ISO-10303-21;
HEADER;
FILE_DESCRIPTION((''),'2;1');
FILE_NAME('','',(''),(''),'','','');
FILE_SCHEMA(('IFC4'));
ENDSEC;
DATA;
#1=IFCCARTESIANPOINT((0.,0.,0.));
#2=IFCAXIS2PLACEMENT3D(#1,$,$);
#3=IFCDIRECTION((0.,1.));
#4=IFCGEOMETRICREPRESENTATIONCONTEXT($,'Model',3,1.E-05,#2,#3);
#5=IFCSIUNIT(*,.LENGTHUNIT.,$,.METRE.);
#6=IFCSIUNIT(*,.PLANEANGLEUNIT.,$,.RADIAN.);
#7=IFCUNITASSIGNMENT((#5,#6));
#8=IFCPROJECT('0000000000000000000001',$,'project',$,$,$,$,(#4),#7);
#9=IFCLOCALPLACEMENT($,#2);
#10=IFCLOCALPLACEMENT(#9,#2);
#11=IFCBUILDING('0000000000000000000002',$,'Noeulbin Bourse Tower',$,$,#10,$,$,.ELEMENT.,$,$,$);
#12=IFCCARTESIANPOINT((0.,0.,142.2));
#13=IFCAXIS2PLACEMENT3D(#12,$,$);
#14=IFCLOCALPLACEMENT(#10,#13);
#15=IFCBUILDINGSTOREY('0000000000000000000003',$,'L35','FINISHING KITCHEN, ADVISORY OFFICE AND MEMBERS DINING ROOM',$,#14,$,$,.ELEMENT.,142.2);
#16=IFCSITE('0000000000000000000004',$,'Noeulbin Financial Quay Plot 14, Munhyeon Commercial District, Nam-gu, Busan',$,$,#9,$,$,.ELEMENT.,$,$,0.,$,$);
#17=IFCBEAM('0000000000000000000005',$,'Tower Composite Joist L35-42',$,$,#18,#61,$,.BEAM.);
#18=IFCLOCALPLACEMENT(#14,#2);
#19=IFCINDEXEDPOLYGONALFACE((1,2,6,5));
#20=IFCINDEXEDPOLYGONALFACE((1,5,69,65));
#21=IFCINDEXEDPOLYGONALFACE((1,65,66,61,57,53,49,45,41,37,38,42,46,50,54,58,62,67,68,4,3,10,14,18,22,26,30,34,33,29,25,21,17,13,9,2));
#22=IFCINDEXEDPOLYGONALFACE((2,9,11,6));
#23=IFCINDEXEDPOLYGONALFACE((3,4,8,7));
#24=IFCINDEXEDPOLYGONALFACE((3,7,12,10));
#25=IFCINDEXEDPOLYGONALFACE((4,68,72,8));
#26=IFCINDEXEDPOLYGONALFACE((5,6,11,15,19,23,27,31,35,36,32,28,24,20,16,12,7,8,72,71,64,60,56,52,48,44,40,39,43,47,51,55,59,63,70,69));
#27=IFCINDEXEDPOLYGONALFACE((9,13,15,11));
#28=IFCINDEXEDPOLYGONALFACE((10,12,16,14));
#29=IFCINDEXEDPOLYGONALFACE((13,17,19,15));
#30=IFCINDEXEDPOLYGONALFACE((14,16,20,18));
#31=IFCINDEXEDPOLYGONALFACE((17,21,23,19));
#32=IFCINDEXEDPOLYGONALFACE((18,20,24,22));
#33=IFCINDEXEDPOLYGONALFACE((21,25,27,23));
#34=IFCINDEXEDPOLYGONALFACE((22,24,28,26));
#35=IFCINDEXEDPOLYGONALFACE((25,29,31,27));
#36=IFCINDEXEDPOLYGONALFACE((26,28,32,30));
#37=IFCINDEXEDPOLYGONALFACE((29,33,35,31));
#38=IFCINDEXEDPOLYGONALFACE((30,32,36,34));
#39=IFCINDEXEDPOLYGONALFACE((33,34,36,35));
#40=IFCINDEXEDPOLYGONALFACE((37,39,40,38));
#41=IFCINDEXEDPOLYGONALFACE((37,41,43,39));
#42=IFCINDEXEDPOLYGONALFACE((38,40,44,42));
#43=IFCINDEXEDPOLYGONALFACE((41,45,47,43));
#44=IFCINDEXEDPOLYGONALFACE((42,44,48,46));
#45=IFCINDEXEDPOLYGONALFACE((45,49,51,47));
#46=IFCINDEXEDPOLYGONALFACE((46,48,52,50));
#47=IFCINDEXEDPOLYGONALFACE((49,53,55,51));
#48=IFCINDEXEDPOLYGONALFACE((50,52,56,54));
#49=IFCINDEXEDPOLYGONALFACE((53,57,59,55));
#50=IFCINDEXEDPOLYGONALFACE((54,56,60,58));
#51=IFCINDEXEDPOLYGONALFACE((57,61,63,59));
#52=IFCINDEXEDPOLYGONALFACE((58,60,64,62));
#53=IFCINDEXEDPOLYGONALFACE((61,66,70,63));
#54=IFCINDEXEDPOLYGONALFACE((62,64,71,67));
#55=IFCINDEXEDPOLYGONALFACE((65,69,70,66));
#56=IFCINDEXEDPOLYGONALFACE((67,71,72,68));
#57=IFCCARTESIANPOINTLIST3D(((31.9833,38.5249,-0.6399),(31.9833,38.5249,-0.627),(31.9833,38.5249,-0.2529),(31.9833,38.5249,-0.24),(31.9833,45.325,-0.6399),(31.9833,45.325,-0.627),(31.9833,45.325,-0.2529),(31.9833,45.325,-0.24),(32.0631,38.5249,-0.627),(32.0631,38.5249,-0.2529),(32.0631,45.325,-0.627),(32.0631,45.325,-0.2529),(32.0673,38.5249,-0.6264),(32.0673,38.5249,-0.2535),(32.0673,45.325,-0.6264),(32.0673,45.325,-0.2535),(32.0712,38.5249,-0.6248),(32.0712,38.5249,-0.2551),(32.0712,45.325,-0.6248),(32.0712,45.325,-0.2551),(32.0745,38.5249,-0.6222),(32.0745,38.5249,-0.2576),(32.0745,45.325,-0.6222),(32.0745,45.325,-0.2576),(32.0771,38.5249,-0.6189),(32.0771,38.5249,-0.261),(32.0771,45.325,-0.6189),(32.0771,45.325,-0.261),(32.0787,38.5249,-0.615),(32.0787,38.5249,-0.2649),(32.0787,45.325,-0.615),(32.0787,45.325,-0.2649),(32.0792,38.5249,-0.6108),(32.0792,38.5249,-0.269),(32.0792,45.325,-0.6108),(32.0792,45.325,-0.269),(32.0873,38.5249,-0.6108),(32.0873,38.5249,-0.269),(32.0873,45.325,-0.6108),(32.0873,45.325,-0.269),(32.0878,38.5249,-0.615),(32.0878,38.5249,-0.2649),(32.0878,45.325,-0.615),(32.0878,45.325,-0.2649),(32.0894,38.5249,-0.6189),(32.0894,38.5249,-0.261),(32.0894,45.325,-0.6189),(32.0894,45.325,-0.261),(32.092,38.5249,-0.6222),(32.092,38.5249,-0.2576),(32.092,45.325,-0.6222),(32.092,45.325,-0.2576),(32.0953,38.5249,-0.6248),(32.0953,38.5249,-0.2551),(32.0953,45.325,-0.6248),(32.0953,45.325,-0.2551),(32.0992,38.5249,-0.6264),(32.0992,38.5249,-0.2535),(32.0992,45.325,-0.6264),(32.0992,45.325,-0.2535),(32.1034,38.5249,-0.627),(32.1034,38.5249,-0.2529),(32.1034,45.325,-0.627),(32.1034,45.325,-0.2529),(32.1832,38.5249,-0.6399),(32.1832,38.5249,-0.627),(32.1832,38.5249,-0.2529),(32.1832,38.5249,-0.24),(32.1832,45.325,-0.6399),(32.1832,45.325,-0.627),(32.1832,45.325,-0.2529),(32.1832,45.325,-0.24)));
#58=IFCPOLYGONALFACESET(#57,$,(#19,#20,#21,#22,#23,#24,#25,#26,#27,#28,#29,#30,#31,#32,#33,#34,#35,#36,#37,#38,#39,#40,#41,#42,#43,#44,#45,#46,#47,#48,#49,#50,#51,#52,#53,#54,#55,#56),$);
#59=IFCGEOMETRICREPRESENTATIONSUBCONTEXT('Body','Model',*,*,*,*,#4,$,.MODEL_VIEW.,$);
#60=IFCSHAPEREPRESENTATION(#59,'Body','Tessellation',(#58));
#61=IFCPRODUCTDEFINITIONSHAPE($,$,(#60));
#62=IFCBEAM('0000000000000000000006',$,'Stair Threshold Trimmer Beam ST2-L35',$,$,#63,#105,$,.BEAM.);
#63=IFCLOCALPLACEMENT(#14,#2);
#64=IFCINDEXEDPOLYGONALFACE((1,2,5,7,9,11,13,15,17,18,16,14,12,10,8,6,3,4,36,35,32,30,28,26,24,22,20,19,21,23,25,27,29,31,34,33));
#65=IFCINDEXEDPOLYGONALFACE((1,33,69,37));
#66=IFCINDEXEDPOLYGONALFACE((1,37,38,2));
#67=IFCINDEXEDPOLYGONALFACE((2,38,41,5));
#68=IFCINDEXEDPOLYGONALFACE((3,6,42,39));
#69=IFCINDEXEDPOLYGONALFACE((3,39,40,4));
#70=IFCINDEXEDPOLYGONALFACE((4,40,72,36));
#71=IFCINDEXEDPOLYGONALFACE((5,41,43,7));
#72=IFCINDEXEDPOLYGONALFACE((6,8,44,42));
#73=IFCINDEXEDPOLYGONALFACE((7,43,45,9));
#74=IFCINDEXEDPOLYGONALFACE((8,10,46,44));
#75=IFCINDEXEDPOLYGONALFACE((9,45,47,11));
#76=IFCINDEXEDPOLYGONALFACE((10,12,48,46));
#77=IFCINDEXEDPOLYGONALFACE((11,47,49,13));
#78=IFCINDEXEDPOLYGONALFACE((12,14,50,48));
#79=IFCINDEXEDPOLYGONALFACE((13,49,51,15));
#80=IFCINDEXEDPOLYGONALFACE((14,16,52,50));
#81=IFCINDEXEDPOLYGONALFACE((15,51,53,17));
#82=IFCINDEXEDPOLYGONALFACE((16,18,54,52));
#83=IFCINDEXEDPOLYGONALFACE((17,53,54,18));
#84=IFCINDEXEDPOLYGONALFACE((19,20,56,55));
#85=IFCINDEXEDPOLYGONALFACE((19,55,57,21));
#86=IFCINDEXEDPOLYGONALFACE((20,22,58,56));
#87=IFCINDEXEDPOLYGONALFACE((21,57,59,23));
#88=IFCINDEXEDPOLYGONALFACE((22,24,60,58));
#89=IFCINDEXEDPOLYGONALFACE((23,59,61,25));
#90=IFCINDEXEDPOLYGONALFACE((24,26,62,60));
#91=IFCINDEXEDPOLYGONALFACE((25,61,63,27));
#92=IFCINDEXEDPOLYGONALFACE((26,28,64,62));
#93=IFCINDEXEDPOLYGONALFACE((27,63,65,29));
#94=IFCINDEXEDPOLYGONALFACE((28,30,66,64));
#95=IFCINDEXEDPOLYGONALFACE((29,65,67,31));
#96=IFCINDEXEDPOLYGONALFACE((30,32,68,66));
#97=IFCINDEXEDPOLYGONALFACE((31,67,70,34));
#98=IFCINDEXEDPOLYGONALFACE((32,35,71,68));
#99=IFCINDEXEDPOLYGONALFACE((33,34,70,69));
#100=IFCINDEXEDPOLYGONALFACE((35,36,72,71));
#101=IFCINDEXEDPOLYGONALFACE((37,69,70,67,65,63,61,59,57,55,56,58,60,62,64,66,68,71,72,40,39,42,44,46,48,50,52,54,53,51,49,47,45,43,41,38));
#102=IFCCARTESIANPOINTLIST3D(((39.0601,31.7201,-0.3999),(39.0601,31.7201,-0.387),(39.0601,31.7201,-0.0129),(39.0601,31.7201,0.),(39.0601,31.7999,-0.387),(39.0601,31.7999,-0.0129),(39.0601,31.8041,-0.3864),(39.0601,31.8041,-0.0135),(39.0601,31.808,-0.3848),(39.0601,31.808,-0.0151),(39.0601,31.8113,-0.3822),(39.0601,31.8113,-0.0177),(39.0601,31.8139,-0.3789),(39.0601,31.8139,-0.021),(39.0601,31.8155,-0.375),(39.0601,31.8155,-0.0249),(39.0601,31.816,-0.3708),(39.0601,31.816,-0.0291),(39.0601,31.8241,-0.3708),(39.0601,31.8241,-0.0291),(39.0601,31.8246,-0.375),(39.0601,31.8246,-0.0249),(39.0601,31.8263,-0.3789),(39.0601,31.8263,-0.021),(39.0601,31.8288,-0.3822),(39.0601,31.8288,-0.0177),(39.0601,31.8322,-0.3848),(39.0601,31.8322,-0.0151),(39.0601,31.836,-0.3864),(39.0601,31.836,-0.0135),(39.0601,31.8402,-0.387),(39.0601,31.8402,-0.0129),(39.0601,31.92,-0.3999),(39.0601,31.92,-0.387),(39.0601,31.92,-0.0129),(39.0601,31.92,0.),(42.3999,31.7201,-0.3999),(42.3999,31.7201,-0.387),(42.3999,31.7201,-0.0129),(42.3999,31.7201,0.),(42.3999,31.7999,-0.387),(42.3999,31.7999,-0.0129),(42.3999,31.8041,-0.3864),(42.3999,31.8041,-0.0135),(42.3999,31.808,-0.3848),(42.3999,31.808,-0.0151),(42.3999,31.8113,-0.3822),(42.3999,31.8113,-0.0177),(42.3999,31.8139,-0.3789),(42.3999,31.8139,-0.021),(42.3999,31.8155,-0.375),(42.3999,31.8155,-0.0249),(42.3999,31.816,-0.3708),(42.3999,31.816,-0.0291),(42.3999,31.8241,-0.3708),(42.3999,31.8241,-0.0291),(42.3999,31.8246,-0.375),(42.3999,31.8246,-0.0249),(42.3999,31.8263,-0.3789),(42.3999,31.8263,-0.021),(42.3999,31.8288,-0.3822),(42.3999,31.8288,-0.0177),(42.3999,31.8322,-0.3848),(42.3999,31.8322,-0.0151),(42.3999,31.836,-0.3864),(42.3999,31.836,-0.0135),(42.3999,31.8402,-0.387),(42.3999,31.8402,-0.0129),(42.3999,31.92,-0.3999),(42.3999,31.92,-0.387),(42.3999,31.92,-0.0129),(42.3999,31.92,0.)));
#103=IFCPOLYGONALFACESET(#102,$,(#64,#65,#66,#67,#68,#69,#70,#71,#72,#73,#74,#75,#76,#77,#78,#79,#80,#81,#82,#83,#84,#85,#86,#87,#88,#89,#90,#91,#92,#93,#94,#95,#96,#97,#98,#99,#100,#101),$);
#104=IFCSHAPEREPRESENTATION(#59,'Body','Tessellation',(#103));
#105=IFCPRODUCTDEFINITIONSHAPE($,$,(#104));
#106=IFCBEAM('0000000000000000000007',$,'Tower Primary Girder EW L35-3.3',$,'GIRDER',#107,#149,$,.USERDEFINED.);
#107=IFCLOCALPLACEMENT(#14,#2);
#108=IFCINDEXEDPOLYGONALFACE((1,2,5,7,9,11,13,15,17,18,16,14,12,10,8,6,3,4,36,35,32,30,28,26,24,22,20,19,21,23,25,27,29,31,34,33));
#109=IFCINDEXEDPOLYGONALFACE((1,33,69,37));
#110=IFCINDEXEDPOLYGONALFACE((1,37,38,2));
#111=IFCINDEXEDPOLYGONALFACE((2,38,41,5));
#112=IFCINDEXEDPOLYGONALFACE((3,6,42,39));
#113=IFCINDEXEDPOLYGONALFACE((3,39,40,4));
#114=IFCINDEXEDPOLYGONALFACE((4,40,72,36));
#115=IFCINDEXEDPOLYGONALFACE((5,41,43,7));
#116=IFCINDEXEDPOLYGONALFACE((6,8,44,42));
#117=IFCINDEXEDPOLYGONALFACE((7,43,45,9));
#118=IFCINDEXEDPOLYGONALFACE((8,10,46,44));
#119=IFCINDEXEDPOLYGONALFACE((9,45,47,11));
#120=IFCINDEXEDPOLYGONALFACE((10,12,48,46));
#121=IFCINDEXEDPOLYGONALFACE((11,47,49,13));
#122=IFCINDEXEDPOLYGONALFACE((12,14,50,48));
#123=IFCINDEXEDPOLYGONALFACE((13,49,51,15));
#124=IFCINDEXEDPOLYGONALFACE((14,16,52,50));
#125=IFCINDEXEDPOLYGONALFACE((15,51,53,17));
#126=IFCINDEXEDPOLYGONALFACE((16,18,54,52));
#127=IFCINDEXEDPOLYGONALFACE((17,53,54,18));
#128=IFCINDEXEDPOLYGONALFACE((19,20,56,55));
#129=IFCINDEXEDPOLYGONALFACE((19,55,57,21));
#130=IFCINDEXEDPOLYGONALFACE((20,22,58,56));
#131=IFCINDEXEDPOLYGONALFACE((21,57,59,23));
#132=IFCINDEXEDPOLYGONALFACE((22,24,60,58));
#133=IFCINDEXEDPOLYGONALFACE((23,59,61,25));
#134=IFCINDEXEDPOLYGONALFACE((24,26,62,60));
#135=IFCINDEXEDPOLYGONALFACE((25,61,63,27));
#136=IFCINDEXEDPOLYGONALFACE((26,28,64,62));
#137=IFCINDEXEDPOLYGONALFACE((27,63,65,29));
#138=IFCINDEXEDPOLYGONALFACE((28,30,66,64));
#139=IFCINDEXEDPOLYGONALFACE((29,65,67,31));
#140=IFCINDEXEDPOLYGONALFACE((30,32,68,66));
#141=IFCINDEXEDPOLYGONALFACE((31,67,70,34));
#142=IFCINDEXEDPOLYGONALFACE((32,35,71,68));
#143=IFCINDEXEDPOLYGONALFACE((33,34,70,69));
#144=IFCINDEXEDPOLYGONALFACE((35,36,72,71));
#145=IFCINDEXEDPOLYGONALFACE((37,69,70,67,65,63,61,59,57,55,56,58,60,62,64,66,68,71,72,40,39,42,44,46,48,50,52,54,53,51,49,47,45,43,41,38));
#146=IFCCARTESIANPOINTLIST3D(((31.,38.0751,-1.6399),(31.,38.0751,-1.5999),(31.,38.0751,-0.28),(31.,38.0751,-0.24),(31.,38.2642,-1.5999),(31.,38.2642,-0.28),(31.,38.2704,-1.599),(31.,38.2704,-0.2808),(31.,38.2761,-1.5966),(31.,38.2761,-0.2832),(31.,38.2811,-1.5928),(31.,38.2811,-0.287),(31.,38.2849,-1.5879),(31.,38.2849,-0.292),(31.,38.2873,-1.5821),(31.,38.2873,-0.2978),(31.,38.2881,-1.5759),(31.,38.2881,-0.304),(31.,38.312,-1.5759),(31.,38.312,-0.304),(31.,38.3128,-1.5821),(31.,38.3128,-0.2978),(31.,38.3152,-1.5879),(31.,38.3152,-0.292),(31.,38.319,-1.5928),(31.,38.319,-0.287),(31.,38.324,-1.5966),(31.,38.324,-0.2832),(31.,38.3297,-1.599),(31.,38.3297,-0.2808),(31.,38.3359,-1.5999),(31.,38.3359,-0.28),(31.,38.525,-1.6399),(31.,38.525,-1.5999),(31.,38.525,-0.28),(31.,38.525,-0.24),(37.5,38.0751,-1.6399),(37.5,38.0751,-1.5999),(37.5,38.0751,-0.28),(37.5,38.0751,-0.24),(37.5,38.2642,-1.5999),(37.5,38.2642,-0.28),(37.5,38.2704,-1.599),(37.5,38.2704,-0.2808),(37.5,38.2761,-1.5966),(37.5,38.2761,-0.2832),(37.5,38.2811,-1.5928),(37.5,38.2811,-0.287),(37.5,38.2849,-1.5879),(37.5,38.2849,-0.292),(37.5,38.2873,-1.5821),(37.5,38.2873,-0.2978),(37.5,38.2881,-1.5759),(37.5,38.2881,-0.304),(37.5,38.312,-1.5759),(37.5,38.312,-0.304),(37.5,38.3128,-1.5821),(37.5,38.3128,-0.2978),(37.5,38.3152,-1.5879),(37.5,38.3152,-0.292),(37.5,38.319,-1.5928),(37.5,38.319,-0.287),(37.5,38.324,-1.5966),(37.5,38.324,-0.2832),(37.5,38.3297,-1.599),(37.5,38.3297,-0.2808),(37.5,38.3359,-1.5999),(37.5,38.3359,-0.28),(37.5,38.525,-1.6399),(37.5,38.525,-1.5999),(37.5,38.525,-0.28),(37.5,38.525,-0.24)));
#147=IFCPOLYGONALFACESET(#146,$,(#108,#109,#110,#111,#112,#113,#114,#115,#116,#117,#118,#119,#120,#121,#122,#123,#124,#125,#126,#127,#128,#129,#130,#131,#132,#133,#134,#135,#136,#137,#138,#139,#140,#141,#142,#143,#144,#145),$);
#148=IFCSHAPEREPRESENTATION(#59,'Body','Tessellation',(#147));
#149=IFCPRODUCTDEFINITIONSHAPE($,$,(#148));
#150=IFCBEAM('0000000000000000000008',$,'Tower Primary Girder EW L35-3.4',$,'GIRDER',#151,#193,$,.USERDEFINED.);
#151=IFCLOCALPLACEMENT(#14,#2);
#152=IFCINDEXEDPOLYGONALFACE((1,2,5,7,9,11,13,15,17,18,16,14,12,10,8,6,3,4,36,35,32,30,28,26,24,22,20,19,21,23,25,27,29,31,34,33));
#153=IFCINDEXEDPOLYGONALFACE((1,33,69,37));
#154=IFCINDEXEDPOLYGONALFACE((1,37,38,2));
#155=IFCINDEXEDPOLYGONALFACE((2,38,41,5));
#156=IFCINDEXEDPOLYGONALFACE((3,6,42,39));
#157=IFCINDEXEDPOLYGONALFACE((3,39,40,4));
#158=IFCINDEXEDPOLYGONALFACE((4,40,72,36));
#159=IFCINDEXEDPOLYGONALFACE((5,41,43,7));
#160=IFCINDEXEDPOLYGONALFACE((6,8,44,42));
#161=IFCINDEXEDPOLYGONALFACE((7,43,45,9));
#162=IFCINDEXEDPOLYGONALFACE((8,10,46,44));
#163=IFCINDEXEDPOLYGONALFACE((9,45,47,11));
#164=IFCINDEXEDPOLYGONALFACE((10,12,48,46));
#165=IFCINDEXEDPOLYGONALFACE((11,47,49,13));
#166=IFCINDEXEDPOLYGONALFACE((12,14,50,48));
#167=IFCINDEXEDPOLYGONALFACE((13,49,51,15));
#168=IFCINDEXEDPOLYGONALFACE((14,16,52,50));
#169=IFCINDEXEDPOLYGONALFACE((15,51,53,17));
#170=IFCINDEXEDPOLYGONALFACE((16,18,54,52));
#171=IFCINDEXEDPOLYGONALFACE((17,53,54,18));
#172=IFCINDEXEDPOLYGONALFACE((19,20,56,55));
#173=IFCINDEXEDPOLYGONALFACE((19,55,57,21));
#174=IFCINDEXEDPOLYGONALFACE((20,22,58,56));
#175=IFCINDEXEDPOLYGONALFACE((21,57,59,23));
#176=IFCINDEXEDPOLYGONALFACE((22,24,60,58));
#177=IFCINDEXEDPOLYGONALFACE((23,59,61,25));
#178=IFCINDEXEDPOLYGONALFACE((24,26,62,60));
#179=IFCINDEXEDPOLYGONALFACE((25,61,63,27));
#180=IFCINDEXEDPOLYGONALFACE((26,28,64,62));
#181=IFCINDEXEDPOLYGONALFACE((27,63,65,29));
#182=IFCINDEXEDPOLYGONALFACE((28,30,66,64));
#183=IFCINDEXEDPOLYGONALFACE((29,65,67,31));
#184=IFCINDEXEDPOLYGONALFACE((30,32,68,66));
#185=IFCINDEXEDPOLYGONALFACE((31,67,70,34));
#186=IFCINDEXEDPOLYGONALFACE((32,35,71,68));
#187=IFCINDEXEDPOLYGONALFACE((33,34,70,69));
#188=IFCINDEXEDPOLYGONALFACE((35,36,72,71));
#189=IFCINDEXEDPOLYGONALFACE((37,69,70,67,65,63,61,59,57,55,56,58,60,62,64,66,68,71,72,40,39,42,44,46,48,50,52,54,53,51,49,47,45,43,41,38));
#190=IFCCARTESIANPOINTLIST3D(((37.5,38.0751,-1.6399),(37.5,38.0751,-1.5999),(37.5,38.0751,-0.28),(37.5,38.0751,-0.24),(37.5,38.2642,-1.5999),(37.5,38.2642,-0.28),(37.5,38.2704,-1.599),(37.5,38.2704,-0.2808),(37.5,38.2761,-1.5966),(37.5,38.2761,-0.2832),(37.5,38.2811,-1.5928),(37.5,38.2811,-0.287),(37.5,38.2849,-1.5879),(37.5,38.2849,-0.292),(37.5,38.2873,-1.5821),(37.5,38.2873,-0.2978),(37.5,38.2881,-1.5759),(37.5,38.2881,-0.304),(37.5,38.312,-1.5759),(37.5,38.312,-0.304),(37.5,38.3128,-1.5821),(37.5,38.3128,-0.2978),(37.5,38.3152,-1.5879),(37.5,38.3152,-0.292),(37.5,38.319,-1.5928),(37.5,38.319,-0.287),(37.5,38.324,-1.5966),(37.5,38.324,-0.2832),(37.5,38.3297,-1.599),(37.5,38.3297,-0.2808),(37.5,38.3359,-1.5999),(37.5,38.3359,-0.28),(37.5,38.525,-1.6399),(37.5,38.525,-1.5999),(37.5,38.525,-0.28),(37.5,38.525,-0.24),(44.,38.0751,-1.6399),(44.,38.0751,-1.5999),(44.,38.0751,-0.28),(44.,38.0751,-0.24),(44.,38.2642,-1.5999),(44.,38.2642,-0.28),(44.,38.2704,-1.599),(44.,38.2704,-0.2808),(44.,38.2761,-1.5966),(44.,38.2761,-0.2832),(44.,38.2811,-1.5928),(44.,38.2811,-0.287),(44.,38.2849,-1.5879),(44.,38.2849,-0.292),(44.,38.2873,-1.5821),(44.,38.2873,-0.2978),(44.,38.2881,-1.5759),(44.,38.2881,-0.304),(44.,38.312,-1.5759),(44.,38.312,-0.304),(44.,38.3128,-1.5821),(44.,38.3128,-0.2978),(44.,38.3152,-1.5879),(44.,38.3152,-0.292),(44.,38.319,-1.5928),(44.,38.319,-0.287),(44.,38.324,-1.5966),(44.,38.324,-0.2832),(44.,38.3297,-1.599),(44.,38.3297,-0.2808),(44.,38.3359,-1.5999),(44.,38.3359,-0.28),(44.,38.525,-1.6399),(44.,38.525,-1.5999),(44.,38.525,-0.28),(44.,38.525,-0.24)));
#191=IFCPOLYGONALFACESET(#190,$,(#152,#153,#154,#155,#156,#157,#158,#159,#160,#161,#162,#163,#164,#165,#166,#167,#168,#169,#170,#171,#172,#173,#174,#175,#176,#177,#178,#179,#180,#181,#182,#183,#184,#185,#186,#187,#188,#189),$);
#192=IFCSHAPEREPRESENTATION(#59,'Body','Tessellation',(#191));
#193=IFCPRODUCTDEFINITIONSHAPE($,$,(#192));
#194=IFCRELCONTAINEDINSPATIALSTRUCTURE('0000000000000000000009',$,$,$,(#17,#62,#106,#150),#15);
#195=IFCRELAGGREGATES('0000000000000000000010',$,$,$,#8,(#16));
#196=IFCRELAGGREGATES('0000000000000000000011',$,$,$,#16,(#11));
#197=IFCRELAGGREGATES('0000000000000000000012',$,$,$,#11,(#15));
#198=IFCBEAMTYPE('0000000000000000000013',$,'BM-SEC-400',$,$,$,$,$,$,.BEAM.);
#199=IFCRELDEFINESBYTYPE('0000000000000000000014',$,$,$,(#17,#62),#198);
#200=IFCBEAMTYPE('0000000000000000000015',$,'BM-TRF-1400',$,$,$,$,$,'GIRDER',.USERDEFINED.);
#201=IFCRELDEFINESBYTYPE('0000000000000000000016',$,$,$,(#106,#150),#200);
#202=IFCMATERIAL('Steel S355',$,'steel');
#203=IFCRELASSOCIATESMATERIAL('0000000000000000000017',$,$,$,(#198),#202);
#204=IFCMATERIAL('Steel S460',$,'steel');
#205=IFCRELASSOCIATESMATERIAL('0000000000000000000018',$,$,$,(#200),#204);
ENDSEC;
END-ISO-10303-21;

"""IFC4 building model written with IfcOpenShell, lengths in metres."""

from ifc_helpers import new_model, si_unit, direction, frame, origin, origin_2d, place, context, subcontext, project, spatial, i_section, extrude, material, material_profile, profile_set, type_object, element, save


model = new_model("IFC4")

# Units and contexts
model_context = context("Model", 3, precision=1e-05, world=origin(), true_north=direction((0.0, 1.0)))
body_context = subcontext(model_context, "Body", "Model", "MODEL_VIEW")
ifc_project = project(units=[si_unit("LENGTHUNIT", "METRE"), si_unit("PLANEANGLEUNIT", "RADIAN")], contexts=[model_context])

# Site, building, storey
site_placement = place(None, origin())
site = spatial("IfcSite", under=ifc_project, at=site_placement, Name="Noeulbin Financial Quay Plot 14, Munhyeon Commercial District, Nam-gu, Busan", CompositionType="ELEMENT", RefElevation=0.0)
building_placement = place(site_placement, origin())
building = spatial("IfcBuilding", under=site, at=building_placement, Name="Noeulbin Bourse Tower", CompositionType="ELEMENT")
storey_placement = place(building_placement, frame((0.0, 0.0, 142.2)))
storey = spatial("IfcBuildingStorey", under=building, at=storey_placement, Name="L35", Description="FINISHING KITCHEN, ADVISORY OFFICE AND MEMBERS DINING ROOM", CompositionType="ELEMENT", Elevation=142.2)

# Shared definitions
ifc_material_1 = material(Name="Steel S460", Category="steel")

# Beams
ifc_material_2 = material(Name="Steel S355", Category="steel")
ifc_material_profile_1 = material_profile(ifc_material_2, i_section(OverallWidth=0.2, OverallDepth=0.3999, WebThickness=0.0081, FlangeThickness=0.0129, FilletRadius=0.0161, at=origin_2d()), Name="H-400x200x8x13", Category="LoadBearing")
ifc_profile_set_1 = profile_set([ifc_material_profile_1], Name="Steel S355")
beam_type_1 = type_object("IfcBeamType", Name="BM-SEC-400", PredefinedType="BEAM", material=ifc_profile_set_1)
for number, where, z_axis, x_axis, name in (
    (1, (32.0833, 38.5249, -0.4399), (0.0, 1.0, 0.0), (-1.0, 0.0, 0.0), "Tower Composite Joist L35-42"),
):
    element("IfcBeam", number, at=place(storey_placement, frame(where, z_axis=z_axis, x_axis=x_axis)), inside=storey, type_object=beam_type_1, Name=name, PredefinedType="BEAM", context=body_context, shape_type="SweptSolid", body=[
        extrude(i_section(OverallWidth=0.2, OverallDepth=0.3999, WebThickness=0.0081, FlangeThickness=0.0129, FilletRadius=0.0161, at=origin_2d()), origin(), (0.0, 0.0, 1.0), 6.8),
    ])
beam_placement = place(storey_placement, frame((39.0601, 31.8201, -0.2), z_axis=(1.0, 0.0, 0.0), x_axis=(0.0, 1.0, 0.0)))
element("IfcBeam", 2, at=beam_placement, inside=storey, type_object=beam_type_1, Name="Stair Threshold Trimmer Beam ST2-L35", PredefinedType="BEAM", context=body_context, shape_type="SweptSolid", body=[
    extrude(i_section(OverallWidth=0.2, OverallDepth=0.3999, WebThickness=0.0081, FlangeThickness=0.0129, FilletRadius=0.0161, at=origin_2d()), origin(), (0.0, 0.0, 1.0), 3.3398),
])
ifc_material_profile_2 = material_profile(ifc_material_1, i_section(OverallWidth=0.45, OverallDepth=1.3999, WebThickness=0.0239, FlangeThickness=0.04, FilletRadius=0.0239, at=origin_2d()), Name="PG-1400x450x24x40", Category="LoadBearing")
ifc_profile_set_2 = profile_set([ifc_material_profile_2], Name="Steel S460")
beam_type_2 = type_object("IfcBeamType", Name="BM-TRF-1400", ElementType="GIRDER", PredefinedType="USERDEFINED", material=ifc_profile_set_2)
for number, where, z_axis, x_axis, name in (
    (3, (31.0, 38.3, -0.9399), (1.0, 0.0, 0.0), (0.0, 1.0, 0.0), "Tower Primary Girder EW L35-3.3"),
    (4, (37.5, 38.3, -0.9399), (1.0, 0.0, 0.0), (0.0, 1.0, 0.0), "Tower Primary Girder EW L35-3.4"),
):
    element("IfcBeam", number, at=place(storey_placement, frame(where, z_axis=z_axis, x_axis=x_axis)), inside=storey, type_object=beam_type_2, Name=name, ObjectType="GIRDER", PredefinedType="USERDEFINED", context=body_context, shape_type="SweptSolid", body=[
        extrude(i_section(OverallWidth=0.45, OverallDepth=1.3999, WebThickness=0.0239, FlangeThickness=0.04, FilletRadius=0.0239, at=origin_2d()), origin(), (0.0, 0.0, 1.0), 6.5),
    ])

save(model, "model.ifc")
